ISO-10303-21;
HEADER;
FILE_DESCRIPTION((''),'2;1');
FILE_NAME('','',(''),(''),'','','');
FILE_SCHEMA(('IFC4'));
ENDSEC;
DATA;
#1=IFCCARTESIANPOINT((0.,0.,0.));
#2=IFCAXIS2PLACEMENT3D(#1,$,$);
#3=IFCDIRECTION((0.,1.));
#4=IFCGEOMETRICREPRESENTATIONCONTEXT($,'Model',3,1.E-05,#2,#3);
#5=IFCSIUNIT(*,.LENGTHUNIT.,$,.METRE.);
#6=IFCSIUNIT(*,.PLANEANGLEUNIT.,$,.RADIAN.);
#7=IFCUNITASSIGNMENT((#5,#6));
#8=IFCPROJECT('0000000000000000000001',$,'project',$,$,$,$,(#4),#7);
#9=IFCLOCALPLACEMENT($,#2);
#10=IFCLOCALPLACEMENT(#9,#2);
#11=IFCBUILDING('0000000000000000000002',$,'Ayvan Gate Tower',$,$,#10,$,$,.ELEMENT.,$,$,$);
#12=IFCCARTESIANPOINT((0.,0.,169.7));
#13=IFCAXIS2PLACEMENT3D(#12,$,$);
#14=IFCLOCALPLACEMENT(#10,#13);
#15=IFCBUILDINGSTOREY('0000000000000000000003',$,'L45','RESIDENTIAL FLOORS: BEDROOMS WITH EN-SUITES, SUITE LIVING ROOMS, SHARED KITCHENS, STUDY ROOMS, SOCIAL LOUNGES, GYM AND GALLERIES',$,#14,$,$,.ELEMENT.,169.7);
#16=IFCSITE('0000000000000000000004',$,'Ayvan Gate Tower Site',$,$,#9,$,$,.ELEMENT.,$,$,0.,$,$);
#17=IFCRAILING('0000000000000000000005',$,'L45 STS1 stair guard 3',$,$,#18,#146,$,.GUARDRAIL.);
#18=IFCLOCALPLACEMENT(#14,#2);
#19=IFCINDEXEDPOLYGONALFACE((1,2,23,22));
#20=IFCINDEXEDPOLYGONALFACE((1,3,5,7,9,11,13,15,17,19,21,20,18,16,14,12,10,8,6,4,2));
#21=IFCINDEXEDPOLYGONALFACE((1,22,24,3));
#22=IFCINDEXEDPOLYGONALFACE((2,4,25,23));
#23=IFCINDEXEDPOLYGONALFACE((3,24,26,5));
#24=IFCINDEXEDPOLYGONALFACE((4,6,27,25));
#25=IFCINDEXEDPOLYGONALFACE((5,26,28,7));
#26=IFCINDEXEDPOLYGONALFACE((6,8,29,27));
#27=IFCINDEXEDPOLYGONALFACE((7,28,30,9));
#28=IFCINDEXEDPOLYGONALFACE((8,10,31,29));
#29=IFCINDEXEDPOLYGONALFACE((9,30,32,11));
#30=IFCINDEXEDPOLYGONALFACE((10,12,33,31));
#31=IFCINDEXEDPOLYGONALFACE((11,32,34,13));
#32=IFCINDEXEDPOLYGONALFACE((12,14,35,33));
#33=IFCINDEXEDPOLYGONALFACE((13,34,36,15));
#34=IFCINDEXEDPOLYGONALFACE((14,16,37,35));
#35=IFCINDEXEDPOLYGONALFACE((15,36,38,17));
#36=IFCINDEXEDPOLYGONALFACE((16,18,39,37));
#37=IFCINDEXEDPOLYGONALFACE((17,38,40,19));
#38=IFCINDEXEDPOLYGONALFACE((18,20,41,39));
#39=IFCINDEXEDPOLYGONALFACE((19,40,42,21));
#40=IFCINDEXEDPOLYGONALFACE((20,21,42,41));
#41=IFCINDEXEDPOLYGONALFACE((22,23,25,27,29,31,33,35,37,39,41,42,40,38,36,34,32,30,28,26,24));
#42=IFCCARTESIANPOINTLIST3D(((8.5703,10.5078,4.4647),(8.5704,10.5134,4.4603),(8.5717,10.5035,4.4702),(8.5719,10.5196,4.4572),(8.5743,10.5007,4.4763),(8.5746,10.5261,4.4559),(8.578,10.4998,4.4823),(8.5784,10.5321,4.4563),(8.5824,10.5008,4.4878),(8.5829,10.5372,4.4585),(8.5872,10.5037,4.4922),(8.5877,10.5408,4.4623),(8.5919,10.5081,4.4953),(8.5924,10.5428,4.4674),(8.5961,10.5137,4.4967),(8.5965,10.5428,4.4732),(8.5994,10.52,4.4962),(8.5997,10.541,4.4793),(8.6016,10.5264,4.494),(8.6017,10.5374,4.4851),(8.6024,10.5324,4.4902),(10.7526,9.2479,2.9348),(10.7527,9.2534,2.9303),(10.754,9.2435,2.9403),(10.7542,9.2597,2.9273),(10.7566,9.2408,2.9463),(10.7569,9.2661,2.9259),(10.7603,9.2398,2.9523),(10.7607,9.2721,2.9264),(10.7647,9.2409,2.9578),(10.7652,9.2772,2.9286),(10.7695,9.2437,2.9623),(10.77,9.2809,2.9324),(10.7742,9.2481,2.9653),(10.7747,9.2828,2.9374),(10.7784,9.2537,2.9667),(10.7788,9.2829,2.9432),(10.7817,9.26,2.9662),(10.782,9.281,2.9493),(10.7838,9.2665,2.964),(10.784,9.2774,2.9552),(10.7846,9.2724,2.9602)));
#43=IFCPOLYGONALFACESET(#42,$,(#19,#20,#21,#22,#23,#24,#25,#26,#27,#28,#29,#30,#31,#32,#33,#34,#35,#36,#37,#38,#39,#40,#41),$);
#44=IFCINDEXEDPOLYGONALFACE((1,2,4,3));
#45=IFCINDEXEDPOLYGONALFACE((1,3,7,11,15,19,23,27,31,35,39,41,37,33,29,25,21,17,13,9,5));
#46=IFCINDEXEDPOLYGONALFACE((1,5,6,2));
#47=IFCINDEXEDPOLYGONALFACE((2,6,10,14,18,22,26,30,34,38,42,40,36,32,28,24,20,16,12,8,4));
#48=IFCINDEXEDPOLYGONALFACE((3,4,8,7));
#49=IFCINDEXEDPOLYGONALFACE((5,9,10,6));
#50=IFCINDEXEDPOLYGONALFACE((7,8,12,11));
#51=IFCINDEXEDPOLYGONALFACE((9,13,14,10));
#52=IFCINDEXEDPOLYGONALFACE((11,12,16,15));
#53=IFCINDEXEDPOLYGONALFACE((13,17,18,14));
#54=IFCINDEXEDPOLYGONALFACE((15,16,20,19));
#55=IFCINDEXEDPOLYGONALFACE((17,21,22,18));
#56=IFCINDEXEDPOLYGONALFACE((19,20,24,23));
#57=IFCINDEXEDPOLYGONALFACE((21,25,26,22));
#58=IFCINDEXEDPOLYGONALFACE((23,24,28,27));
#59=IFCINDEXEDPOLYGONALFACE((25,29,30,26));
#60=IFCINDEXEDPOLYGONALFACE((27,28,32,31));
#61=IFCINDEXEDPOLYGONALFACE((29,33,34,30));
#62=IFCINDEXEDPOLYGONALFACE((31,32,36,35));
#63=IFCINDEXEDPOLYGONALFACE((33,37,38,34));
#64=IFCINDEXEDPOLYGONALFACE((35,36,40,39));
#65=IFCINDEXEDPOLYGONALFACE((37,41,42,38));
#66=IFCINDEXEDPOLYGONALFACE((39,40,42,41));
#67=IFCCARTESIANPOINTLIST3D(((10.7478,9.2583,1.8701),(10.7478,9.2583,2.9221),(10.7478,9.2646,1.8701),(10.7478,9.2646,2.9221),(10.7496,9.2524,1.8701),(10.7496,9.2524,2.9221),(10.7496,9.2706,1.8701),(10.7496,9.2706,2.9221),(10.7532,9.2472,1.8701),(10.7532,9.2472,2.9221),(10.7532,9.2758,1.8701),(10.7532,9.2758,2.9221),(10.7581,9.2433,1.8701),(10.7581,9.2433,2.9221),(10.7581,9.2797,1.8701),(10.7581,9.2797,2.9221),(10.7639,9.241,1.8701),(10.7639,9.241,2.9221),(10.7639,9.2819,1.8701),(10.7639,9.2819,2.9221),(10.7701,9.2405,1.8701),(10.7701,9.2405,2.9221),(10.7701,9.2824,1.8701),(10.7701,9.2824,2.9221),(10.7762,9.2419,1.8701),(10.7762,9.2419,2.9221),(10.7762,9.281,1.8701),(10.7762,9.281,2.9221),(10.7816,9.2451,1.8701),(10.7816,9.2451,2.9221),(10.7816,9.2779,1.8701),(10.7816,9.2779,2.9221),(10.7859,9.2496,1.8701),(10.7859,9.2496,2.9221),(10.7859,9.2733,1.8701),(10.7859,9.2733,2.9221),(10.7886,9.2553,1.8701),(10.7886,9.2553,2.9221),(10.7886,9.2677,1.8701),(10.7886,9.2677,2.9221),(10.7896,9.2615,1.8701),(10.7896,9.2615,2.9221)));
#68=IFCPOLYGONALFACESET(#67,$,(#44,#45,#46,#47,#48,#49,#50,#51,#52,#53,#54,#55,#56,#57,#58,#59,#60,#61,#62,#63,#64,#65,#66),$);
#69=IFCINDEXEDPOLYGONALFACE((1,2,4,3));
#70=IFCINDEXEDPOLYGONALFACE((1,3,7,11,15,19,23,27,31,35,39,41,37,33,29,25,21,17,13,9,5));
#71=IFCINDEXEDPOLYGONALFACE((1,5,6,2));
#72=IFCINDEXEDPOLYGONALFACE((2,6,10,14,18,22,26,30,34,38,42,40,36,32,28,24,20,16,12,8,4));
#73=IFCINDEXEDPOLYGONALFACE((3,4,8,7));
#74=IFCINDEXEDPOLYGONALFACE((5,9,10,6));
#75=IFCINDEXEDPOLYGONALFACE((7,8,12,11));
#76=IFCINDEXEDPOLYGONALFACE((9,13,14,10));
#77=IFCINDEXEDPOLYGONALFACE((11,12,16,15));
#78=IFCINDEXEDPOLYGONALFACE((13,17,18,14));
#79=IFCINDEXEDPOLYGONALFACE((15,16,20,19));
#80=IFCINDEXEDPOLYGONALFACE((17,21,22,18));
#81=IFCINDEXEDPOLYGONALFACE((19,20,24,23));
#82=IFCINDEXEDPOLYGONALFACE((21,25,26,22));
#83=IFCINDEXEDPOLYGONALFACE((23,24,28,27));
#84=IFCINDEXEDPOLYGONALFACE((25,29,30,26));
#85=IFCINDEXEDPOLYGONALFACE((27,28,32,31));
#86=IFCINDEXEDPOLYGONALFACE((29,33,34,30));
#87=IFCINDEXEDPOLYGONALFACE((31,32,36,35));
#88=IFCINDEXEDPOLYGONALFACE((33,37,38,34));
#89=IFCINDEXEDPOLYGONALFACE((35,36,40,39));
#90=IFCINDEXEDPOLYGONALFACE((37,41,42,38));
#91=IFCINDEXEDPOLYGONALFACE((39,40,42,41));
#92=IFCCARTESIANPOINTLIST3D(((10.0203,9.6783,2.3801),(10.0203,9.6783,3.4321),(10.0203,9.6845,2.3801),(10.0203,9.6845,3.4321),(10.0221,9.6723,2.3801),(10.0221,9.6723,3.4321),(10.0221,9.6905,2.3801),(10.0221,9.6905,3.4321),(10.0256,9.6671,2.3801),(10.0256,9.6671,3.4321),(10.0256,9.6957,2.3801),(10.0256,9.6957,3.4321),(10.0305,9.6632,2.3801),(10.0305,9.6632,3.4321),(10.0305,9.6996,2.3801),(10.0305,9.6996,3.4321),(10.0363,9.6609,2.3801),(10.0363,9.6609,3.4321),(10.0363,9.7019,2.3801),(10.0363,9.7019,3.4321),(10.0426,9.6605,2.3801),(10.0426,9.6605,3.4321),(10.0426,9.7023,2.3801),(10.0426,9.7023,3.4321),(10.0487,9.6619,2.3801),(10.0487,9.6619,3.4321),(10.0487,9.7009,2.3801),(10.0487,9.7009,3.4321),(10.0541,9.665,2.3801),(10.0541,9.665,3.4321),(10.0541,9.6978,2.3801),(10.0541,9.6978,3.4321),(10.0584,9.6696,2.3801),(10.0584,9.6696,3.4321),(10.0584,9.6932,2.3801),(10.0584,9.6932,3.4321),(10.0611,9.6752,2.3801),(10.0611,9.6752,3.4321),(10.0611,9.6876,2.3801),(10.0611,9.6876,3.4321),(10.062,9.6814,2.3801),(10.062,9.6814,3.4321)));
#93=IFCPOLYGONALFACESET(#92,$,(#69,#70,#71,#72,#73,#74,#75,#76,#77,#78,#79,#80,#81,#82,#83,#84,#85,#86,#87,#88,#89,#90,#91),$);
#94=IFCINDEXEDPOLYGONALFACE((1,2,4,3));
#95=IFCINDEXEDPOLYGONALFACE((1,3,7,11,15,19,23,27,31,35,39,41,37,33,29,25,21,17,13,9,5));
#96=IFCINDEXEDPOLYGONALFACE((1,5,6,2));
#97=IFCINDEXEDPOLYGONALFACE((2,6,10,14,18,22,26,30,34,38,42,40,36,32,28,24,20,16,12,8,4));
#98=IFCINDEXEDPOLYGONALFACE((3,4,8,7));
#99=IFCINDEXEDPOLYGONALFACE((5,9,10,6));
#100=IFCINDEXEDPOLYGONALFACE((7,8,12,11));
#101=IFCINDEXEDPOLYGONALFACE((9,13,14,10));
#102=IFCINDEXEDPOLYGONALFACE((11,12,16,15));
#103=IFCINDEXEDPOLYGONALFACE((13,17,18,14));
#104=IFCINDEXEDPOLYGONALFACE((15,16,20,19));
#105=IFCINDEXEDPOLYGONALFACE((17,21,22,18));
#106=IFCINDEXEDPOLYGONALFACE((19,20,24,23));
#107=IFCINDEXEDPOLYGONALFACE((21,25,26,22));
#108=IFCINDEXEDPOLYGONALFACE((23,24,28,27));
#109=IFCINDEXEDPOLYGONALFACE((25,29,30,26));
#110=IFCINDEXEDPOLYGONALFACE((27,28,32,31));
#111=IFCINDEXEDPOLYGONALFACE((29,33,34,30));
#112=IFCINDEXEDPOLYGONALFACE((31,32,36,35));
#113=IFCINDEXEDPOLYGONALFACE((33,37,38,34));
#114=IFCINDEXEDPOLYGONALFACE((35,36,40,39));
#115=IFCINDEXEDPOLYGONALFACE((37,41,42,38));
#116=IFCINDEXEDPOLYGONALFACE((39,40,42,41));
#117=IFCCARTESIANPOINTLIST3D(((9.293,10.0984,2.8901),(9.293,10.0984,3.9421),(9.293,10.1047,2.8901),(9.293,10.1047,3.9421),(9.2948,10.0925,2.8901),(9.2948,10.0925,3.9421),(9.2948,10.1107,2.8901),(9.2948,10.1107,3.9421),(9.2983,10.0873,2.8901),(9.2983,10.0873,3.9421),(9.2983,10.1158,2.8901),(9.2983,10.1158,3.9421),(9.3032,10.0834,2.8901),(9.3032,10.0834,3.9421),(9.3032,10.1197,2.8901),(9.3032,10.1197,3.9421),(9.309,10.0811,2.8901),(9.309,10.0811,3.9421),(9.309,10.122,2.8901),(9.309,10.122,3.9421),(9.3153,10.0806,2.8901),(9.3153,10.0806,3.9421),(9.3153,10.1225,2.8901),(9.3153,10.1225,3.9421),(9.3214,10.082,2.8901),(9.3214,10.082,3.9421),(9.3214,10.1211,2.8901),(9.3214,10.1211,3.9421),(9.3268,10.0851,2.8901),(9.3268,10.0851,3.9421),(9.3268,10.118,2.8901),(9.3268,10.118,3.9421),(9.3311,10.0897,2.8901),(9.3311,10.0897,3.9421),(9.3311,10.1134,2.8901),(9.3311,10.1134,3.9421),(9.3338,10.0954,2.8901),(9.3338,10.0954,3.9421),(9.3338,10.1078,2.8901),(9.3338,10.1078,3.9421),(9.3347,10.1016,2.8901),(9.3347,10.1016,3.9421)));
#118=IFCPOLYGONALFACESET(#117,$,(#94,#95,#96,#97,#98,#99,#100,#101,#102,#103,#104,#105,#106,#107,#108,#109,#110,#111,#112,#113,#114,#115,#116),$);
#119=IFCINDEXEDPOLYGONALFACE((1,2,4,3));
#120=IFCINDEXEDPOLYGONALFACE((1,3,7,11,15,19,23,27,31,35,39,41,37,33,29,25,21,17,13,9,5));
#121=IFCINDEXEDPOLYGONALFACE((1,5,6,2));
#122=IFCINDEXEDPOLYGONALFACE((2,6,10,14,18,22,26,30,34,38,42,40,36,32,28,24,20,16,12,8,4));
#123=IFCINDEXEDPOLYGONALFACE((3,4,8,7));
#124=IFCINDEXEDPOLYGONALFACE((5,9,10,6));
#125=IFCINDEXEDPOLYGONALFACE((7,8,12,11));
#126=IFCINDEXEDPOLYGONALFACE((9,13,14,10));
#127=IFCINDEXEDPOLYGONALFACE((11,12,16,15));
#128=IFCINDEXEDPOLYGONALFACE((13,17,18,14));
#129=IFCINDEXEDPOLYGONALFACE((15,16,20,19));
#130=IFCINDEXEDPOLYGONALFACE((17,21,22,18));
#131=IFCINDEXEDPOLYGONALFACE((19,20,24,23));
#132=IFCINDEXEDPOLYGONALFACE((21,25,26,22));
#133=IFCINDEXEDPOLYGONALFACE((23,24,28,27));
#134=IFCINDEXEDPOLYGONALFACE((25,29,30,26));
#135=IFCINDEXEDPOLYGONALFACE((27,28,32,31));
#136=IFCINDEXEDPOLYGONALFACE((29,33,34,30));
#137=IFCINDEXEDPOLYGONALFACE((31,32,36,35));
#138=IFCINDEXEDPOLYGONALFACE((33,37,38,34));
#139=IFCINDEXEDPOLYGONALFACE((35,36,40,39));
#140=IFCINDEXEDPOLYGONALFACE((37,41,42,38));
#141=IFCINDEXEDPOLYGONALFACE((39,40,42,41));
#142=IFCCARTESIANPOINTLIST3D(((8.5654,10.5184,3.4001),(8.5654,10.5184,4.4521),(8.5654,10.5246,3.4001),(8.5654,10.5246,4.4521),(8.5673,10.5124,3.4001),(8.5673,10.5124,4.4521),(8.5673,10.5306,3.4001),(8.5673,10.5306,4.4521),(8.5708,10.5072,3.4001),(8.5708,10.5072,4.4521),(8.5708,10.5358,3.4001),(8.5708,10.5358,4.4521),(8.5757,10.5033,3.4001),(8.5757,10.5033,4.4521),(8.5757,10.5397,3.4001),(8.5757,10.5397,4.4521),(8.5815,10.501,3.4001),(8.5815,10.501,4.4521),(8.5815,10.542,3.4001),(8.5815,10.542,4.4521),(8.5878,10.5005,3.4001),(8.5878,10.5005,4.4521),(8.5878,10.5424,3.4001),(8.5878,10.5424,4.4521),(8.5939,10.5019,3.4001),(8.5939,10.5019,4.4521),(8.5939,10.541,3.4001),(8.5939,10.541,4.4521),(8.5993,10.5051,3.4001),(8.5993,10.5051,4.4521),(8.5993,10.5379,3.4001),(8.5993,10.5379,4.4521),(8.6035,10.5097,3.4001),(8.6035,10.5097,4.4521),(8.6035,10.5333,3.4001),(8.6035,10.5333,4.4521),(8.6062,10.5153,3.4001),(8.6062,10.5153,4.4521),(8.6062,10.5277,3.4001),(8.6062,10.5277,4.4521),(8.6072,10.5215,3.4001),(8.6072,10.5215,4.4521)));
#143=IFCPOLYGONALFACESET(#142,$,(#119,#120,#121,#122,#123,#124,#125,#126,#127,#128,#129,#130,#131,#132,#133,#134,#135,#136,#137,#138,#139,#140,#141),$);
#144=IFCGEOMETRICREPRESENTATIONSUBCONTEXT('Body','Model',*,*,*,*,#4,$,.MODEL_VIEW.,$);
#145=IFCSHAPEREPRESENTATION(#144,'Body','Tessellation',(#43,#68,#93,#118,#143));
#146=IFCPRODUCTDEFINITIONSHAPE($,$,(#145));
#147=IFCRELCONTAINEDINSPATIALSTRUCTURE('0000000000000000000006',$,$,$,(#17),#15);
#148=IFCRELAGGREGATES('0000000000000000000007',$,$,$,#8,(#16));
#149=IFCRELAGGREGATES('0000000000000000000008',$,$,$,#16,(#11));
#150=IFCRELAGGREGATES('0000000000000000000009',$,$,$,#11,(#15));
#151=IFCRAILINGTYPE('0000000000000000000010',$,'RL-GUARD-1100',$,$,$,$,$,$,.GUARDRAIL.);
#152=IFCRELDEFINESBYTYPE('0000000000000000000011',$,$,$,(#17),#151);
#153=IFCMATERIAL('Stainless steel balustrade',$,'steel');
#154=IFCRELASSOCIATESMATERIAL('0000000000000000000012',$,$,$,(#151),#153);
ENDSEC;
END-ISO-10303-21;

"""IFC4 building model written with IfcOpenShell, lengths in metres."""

from ifc_helpers import new_model, si_unit, direction, frame, origin, origin_2d, place, context, subcontext, project, spatial, circle, extrude, material, type_object, element, save


model = new_model("IFC4")

# Units and contexts
model_context = context("Model", 3, precision=1e-05, world=origin(), true_north=direction((0.0, 1.0)))
body_context = subcontext(model_context, "Body", "Model", "MODEL_VIEW")
ifc_project = project(units=[si_unit("LENGTHUNIT", "METRE"), si_unit("PLANEANGLEUNIT", "RADIAN")], contexts=[model_context])

# Site, building, storey
site_placement = place(None, origin())
site = spatial("IfcSite", under=ifc_project, at=site_placement, Name="Ayvan Gate Tower Site", CompositionType="ELEMENT", RefElevation=0.0)
building_placement = place(site_placement, origin())
building = spatial("IfcBuilding", under=site, at=building_placement, Name="Ayvan Gate Tower", CompositionType="ELEMENT")
storey_placement = place(building_placement, frame((0.0, 0.0, 169.7)))
storey = spatial("IfcBuildingStorey", under=building, at=storey_placement, Name="L45", Description="RESIDENTIAL FLOORS: BEDROOMS WITH EN-SUITES, SUITE LIVING ROOMS, SHARED KITCHENS, STUDY ROOMS, SOCIAL LOUNGES, GYM AND GALLERIES", CompositionType="ELEMENT", Elevation=169.7)

# Railing
ifc_material_1 = material(Name="Stainless steel balustrade", Category="steel")
railing_type_1 = type_object("IfcRailingType", Name="RL-GUARD-1100", PredefinedType="GUARDRAIL", material=ifc_material_1)
railing_1_placement = place(storey_placement, frame((10.7686, 9.2615, 1.8701)))
element("IfcRailing", 1, at=railing_1_placement, inside=storey, type_object=railing_type_1, Name="L45 STS1 stair guard 3", PredefinedType="GUARDRAIL", context=body_context, shape_type="SweptSolid", body=[
    extrude(circle(Radius=0.0239, at=origin_2d()), frame((0.0, 0.0, 1.0762), z_axis=(-0.740261, 0.427395, 0.518986), x_axis=(-0.500005, -0.866023, 0.0)), (0.0, 0.0, 1.0), 2.948),
    extrude(circle(Radius=0.021, at=origin_2d()), origin(), (0.0, 0.0, 1.0), 1.052),
    extrude(circle(Radius=0.021, at=origin_2d()), frame((-0.7275, 0.4199, 0.51)), (0.0, 0.0, 1.0), 1.052),
    extrude(circle(Radius=0.021, at=origin_2d()), frame((-1.4548, 0.8401, 1.02)), (0.0, 0.0, 1.0), 1.052),
    extrude(circle(Radius=0.021, at=origin_2d()), frame((-2.1824, 1.26, 1.53)), (0.0, 0.0, 1.0), 1.052),
])

save(model, "model.ifc")
